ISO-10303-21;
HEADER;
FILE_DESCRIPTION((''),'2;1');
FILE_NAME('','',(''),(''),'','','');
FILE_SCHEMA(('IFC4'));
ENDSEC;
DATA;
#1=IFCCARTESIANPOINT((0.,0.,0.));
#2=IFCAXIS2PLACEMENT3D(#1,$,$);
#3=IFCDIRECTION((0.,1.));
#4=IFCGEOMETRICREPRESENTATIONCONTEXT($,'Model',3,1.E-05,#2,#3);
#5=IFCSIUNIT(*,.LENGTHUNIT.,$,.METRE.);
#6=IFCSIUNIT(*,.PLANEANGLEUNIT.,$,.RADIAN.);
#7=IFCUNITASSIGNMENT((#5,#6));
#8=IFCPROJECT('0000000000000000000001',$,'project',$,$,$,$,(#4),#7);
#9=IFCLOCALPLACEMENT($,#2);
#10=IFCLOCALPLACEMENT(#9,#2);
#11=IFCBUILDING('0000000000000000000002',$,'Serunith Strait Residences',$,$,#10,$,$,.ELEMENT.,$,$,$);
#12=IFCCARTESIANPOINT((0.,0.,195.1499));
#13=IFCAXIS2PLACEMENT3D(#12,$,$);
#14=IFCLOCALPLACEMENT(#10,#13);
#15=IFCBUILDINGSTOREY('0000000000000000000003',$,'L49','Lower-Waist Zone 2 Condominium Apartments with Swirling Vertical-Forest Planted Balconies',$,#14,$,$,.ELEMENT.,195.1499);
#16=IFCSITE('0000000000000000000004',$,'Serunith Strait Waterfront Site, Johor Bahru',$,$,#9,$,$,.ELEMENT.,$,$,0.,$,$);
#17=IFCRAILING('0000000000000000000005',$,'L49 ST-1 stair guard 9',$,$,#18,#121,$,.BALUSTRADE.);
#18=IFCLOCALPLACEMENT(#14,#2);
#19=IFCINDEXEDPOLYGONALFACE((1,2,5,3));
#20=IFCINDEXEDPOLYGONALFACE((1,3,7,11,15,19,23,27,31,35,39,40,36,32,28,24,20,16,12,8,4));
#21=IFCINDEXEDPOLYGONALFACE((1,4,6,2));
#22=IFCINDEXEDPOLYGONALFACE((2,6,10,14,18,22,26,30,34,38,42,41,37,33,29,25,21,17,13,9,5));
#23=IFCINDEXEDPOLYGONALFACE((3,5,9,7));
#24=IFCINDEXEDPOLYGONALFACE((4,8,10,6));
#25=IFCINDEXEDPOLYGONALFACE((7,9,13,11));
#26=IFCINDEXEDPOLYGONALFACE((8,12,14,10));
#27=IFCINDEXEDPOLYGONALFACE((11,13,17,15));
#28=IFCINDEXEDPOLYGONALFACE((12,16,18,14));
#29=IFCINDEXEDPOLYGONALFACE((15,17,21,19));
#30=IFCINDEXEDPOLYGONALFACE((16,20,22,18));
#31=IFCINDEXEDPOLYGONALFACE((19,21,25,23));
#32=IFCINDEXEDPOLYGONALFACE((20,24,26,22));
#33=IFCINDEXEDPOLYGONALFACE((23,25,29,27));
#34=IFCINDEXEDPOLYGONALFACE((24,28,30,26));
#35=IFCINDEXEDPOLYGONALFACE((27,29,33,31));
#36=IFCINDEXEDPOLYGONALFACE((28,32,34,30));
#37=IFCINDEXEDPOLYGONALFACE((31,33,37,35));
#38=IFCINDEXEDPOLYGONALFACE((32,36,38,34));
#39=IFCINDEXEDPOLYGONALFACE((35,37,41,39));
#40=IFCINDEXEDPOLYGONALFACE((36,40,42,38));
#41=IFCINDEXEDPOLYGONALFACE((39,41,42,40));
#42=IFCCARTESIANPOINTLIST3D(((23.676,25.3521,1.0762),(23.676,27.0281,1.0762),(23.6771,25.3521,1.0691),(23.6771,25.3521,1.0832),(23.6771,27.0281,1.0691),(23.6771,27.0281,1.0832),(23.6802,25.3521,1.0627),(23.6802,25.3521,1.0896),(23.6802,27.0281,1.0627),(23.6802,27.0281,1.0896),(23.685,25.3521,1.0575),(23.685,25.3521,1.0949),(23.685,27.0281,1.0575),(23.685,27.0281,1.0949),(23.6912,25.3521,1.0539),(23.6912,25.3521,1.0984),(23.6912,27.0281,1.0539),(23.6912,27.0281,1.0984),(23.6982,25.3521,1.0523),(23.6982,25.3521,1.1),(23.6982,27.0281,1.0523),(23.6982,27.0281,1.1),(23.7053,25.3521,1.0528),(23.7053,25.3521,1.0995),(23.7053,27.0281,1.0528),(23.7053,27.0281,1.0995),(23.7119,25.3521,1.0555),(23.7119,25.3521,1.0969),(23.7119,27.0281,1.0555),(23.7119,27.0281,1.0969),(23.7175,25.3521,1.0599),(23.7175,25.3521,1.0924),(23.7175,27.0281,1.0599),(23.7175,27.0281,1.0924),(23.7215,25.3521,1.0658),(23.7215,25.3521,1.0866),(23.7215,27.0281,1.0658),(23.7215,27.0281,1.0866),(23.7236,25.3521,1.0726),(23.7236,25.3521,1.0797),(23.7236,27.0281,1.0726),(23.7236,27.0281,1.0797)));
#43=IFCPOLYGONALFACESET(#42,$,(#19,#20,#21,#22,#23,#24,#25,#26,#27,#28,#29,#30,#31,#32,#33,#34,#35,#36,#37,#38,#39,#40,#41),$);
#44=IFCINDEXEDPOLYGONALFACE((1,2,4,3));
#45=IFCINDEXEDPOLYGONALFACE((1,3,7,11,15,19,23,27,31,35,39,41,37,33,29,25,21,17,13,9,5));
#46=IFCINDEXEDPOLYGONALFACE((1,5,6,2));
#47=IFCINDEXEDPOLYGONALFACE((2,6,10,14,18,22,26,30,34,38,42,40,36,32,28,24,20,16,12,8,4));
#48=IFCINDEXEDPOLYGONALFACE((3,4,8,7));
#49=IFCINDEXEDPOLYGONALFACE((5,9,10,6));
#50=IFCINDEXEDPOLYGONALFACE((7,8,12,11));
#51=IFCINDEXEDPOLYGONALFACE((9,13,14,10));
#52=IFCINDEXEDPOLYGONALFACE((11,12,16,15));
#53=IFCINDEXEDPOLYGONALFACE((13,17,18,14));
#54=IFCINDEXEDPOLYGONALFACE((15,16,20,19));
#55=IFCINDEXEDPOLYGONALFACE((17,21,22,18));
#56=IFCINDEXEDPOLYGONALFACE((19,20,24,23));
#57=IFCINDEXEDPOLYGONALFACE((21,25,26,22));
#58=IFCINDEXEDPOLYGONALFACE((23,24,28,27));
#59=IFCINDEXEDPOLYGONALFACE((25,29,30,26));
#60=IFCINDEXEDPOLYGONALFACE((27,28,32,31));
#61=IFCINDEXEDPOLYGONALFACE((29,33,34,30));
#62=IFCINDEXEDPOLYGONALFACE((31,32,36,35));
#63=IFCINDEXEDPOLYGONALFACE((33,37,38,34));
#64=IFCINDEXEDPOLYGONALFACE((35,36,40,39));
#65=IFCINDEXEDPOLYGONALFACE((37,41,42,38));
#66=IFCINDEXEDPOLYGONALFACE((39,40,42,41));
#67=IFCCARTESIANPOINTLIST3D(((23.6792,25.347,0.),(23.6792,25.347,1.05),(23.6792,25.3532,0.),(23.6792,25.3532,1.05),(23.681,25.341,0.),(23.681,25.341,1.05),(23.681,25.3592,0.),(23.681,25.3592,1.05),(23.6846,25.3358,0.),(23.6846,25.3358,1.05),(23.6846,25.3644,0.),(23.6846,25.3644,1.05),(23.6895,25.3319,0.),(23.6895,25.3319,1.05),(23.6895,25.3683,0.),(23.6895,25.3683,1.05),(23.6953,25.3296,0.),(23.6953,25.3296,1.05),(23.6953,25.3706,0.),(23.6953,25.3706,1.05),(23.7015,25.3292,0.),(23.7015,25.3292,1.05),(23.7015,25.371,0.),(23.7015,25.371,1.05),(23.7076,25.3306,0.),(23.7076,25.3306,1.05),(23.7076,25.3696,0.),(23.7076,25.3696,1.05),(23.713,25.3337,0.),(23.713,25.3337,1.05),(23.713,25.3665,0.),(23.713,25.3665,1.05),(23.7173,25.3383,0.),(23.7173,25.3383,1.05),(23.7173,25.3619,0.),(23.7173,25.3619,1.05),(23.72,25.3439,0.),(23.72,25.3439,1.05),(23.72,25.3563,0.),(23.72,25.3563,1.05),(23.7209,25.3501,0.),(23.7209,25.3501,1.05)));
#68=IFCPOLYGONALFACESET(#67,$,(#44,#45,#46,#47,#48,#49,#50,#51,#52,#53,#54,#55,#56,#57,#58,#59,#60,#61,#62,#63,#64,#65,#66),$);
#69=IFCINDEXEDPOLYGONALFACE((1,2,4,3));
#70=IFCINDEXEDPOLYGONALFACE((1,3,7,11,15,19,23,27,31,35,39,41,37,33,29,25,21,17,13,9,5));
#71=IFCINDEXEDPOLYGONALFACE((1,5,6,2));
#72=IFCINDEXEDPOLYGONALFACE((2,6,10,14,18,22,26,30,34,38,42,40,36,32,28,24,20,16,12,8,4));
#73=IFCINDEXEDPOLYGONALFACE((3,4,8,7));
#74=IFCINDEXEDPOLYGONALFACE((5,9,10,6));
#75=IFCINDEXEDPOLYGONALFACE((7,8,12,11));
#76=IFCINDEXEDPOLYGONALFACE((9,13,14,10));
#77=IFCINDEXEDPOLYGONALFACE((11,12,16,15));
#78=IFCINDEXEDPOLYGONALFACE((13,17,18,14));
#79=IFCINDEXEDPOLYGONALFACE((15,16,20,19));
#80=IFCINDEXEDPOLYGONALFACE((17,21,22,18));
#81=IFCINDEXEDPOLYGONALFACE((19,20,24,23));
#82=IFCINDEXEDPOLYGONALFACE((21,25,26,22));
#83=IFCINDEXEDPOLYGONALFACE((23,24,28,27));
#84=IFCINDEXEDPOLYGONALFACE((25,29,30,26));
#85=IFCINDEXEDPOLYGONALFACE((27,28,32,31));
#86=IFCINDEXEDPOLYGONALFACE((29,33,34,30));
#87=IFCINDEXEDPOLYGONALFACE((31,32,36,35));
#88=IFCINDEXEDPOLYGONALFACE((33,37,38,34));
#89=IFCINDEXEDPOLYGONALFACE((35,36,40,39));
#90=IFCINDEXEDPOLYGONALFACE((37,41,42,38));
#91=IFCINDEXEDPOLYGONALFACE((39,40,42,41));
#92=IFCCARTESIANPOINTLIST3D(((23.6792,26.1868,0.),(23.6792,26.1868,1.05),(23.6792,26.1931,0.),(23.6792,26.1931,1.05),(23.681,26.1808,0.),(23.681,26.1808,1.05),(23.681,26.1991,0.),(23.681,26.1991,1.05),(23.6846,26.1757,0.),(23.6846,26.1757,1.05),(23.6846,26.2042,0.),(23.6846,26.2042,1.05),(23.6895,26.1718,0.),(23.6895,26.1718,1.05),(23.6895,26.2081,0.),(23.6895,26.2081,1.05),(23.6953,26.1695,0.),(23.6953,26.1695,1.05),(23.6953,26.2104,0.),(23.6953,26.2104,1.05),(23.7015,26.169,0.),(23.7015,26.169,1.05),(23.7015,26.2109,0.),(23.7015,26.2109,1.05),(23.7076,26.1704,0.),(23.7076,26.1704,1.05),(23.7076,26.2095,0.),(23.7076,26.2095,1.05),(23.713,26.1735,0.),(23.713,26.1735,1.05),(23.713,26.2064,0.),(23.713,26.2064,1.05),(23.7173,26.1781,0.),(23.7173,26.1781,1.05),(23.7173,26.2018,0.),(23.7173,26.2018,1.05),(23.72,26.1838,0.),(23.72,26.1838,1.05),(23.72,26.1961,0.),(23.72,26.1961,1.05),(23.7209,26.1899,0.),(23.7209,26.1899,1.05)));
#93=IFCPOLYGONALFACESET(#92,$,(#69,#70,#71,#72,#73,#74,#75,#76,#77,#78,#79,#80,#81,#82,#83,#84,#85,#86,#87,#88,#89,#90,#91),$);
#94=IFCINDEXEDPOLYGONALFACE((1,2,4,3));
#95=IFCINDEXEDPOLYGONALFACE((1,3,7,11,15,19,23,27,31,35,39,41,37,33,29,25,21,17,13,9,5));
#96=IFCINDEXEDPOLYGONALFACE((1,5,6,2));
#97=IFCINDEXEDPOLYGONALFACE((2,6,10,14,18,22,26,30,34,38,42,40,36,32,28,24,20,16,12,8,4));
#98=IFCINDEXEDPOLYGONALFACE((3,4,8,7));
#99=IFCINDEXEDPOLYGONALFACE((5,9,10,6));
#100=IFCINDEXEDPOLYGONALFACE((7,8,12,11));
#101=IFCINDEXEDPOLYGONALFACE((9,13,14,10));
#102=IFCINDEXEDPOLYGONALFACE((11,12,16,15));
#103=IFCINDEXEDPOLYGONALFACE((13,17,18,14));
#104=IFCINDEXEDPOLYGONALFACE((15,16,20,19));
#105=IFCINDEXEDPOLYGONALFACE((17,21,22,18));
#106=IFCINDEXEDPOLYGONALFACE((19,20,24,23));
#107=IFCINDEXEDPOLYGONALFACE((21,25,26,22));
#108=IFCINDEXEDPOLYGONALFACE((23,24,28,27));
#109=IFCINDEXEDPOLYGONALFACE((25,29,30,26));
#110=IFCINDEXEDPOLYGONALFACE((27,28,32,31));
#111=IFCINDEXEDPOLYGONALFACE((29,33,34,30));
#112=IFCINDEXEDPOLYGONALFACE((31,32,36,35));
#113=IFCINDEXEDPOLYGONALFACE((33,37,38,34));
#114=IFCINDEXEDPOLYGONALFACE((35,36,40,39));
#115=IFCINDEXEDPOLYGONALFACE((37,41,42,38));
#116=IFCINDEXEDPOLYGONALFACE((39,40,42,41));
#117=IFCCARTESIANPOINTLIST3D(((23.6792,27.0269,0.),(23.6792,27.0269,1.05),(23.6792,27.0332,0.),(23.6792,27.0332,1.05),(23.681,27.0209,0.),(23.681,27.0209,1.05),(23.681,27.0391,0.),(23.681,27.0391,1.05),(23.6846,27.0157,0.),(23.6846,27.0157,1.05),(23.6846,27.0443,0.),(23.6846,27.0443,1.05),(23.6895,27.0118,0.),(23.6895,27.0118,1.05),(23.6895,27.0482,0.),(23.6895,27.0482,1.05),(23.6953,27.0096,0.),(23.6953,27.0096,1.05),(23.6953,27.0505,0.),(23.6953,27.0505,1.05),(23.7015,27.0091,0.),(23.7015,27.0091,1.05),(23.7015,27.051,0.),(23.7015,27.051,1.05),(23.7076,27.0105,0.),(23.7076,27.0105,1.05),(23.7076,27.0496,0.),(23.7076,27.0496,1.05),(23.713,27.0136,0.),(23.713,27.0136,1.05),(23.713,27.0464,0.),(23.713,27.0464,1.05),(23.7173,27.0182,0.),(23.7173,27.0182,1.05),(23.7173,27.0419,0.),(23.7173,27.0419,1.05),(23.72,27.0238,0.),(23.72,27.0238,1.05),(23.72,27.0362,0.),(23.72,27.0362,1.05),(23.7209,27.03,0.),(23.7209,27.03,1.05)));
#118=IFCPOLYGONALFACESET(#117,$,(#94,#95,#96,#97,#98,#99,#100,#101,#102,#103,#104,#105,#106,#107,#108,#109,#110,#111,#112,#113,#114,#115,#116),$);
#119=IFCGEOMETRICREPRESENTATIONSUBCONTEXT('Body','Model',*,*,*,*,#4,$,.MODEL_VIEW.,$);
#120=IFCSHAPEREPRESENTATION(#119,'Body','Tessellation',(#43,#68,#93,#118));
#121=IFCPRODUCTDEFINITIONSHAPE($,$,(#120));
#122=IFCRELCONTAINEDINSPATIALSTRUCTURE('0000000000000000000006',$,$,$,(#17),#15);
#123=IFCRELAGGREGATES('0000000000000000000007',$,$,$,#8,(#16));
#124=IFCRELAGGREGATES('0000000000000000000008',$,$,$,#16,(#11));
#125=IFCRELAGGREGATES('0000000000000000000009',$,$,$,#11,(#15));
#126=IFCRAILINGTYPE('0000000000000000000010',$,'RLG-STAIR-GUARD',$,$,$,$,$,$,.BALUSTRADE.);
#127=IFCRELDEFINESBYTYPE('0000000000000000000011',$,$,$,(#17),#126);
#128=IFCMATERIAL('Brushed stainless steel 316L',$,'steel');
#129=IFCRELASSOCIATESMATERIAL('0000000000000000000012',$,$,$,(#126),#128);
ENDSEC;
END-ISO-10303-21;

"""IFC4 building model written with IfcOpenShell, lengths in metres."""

from ifc_helpers import new_model, si_unit, direction, frame, origin, origin_2d, place, context, subcontext, project, spatial, circle, extrude, material, type_object, element, save


model = new_model("IFC4")

# Units and contexts
model_context = context("Model", 3, precision=1e-05, world=origin(), true_north=direction((0.0, 1.0)))
body_context = subcontext(model_context, "Body", "Model", "MODEL_VIEW")
ifc_project = project(units=[si_unit("LENGTHUNIT", "METRE"), si_unit("PLANEANGLEUNIT", "RADIAN")], contexts=[model_context])

# Site, building, storey
site_placement = place(None, origin())
site = spatial("IfcSite", under=ifc_project, at=site_placement, Name="Serunith Strait Waterfront Site, Johor Bahru", CompositionType="ELEMENT", RefElevation=0.0)
building_placement = place(site_placement, origin())
building = spatial("IfcBuilding", under=site, at=building_placement, Name="Serunith Strait Residences", CompositionType="ELEMENT")
storey_placement = place(building_placement, frame((0.0, 0.0, 195.1499)))
storey = spatial("IfcBuildingStorey", under=building, at=storey_placement, Name="L49", Description="Lower-Waist Zone 2 Condominium Apartments with Swirling Vertical-Forest Planted Balconies", CompositionType="ELEMENT", Elevation=195.1499)

# Railing
ifc_material_1 = material(Name="Brushed stainless steel 316L", Category="steel")
railing_type_1 = type_object("IfcRailingType", Name="RLG-STAIR-GUARD", PredefinedType="BALUSTRADE", material=ifc_material_1)
for number, where, name in (
    (1, (23.7, 25.3501, 0.0), "L49 ST-1 stair guard 9"),
):
    element("IfcRailing", number, at=place(storey_placement, frame(where)), inside=storey, type_object=railing_type_1, Name=name, PredefinedType="BALUSTRADE", context=body_context, shape_type="SweptSolid", body=[
        extrude(circle(Radius=0.0239, at=origin_2d()), frame((0.0, 0.002, 1.0762), z_axis=(0.0, 1.0, 0.0), x_axis=(-1.0, 0.0, 0.0)), (0.0, 0.0, 1.0), 1.676),
        extrude(circle(Radius=0.021, at=origin_2d()), origin(), (0.0, 0.0, 1.0), 1.05),
        extrude(circle(Radius=0.021, at=origin_2d()), frame((0.0, 0.8398, 0.0)), (0.0, 0.0, 1.0), 1.05),
        extrude(circle(Radius=0.021, at=origin_2d()), frame((0.0, 1.6799, 0.0)), (0.0, 0.0, 1.0), 1.05),
    ])

save(model, "model.ifc")
